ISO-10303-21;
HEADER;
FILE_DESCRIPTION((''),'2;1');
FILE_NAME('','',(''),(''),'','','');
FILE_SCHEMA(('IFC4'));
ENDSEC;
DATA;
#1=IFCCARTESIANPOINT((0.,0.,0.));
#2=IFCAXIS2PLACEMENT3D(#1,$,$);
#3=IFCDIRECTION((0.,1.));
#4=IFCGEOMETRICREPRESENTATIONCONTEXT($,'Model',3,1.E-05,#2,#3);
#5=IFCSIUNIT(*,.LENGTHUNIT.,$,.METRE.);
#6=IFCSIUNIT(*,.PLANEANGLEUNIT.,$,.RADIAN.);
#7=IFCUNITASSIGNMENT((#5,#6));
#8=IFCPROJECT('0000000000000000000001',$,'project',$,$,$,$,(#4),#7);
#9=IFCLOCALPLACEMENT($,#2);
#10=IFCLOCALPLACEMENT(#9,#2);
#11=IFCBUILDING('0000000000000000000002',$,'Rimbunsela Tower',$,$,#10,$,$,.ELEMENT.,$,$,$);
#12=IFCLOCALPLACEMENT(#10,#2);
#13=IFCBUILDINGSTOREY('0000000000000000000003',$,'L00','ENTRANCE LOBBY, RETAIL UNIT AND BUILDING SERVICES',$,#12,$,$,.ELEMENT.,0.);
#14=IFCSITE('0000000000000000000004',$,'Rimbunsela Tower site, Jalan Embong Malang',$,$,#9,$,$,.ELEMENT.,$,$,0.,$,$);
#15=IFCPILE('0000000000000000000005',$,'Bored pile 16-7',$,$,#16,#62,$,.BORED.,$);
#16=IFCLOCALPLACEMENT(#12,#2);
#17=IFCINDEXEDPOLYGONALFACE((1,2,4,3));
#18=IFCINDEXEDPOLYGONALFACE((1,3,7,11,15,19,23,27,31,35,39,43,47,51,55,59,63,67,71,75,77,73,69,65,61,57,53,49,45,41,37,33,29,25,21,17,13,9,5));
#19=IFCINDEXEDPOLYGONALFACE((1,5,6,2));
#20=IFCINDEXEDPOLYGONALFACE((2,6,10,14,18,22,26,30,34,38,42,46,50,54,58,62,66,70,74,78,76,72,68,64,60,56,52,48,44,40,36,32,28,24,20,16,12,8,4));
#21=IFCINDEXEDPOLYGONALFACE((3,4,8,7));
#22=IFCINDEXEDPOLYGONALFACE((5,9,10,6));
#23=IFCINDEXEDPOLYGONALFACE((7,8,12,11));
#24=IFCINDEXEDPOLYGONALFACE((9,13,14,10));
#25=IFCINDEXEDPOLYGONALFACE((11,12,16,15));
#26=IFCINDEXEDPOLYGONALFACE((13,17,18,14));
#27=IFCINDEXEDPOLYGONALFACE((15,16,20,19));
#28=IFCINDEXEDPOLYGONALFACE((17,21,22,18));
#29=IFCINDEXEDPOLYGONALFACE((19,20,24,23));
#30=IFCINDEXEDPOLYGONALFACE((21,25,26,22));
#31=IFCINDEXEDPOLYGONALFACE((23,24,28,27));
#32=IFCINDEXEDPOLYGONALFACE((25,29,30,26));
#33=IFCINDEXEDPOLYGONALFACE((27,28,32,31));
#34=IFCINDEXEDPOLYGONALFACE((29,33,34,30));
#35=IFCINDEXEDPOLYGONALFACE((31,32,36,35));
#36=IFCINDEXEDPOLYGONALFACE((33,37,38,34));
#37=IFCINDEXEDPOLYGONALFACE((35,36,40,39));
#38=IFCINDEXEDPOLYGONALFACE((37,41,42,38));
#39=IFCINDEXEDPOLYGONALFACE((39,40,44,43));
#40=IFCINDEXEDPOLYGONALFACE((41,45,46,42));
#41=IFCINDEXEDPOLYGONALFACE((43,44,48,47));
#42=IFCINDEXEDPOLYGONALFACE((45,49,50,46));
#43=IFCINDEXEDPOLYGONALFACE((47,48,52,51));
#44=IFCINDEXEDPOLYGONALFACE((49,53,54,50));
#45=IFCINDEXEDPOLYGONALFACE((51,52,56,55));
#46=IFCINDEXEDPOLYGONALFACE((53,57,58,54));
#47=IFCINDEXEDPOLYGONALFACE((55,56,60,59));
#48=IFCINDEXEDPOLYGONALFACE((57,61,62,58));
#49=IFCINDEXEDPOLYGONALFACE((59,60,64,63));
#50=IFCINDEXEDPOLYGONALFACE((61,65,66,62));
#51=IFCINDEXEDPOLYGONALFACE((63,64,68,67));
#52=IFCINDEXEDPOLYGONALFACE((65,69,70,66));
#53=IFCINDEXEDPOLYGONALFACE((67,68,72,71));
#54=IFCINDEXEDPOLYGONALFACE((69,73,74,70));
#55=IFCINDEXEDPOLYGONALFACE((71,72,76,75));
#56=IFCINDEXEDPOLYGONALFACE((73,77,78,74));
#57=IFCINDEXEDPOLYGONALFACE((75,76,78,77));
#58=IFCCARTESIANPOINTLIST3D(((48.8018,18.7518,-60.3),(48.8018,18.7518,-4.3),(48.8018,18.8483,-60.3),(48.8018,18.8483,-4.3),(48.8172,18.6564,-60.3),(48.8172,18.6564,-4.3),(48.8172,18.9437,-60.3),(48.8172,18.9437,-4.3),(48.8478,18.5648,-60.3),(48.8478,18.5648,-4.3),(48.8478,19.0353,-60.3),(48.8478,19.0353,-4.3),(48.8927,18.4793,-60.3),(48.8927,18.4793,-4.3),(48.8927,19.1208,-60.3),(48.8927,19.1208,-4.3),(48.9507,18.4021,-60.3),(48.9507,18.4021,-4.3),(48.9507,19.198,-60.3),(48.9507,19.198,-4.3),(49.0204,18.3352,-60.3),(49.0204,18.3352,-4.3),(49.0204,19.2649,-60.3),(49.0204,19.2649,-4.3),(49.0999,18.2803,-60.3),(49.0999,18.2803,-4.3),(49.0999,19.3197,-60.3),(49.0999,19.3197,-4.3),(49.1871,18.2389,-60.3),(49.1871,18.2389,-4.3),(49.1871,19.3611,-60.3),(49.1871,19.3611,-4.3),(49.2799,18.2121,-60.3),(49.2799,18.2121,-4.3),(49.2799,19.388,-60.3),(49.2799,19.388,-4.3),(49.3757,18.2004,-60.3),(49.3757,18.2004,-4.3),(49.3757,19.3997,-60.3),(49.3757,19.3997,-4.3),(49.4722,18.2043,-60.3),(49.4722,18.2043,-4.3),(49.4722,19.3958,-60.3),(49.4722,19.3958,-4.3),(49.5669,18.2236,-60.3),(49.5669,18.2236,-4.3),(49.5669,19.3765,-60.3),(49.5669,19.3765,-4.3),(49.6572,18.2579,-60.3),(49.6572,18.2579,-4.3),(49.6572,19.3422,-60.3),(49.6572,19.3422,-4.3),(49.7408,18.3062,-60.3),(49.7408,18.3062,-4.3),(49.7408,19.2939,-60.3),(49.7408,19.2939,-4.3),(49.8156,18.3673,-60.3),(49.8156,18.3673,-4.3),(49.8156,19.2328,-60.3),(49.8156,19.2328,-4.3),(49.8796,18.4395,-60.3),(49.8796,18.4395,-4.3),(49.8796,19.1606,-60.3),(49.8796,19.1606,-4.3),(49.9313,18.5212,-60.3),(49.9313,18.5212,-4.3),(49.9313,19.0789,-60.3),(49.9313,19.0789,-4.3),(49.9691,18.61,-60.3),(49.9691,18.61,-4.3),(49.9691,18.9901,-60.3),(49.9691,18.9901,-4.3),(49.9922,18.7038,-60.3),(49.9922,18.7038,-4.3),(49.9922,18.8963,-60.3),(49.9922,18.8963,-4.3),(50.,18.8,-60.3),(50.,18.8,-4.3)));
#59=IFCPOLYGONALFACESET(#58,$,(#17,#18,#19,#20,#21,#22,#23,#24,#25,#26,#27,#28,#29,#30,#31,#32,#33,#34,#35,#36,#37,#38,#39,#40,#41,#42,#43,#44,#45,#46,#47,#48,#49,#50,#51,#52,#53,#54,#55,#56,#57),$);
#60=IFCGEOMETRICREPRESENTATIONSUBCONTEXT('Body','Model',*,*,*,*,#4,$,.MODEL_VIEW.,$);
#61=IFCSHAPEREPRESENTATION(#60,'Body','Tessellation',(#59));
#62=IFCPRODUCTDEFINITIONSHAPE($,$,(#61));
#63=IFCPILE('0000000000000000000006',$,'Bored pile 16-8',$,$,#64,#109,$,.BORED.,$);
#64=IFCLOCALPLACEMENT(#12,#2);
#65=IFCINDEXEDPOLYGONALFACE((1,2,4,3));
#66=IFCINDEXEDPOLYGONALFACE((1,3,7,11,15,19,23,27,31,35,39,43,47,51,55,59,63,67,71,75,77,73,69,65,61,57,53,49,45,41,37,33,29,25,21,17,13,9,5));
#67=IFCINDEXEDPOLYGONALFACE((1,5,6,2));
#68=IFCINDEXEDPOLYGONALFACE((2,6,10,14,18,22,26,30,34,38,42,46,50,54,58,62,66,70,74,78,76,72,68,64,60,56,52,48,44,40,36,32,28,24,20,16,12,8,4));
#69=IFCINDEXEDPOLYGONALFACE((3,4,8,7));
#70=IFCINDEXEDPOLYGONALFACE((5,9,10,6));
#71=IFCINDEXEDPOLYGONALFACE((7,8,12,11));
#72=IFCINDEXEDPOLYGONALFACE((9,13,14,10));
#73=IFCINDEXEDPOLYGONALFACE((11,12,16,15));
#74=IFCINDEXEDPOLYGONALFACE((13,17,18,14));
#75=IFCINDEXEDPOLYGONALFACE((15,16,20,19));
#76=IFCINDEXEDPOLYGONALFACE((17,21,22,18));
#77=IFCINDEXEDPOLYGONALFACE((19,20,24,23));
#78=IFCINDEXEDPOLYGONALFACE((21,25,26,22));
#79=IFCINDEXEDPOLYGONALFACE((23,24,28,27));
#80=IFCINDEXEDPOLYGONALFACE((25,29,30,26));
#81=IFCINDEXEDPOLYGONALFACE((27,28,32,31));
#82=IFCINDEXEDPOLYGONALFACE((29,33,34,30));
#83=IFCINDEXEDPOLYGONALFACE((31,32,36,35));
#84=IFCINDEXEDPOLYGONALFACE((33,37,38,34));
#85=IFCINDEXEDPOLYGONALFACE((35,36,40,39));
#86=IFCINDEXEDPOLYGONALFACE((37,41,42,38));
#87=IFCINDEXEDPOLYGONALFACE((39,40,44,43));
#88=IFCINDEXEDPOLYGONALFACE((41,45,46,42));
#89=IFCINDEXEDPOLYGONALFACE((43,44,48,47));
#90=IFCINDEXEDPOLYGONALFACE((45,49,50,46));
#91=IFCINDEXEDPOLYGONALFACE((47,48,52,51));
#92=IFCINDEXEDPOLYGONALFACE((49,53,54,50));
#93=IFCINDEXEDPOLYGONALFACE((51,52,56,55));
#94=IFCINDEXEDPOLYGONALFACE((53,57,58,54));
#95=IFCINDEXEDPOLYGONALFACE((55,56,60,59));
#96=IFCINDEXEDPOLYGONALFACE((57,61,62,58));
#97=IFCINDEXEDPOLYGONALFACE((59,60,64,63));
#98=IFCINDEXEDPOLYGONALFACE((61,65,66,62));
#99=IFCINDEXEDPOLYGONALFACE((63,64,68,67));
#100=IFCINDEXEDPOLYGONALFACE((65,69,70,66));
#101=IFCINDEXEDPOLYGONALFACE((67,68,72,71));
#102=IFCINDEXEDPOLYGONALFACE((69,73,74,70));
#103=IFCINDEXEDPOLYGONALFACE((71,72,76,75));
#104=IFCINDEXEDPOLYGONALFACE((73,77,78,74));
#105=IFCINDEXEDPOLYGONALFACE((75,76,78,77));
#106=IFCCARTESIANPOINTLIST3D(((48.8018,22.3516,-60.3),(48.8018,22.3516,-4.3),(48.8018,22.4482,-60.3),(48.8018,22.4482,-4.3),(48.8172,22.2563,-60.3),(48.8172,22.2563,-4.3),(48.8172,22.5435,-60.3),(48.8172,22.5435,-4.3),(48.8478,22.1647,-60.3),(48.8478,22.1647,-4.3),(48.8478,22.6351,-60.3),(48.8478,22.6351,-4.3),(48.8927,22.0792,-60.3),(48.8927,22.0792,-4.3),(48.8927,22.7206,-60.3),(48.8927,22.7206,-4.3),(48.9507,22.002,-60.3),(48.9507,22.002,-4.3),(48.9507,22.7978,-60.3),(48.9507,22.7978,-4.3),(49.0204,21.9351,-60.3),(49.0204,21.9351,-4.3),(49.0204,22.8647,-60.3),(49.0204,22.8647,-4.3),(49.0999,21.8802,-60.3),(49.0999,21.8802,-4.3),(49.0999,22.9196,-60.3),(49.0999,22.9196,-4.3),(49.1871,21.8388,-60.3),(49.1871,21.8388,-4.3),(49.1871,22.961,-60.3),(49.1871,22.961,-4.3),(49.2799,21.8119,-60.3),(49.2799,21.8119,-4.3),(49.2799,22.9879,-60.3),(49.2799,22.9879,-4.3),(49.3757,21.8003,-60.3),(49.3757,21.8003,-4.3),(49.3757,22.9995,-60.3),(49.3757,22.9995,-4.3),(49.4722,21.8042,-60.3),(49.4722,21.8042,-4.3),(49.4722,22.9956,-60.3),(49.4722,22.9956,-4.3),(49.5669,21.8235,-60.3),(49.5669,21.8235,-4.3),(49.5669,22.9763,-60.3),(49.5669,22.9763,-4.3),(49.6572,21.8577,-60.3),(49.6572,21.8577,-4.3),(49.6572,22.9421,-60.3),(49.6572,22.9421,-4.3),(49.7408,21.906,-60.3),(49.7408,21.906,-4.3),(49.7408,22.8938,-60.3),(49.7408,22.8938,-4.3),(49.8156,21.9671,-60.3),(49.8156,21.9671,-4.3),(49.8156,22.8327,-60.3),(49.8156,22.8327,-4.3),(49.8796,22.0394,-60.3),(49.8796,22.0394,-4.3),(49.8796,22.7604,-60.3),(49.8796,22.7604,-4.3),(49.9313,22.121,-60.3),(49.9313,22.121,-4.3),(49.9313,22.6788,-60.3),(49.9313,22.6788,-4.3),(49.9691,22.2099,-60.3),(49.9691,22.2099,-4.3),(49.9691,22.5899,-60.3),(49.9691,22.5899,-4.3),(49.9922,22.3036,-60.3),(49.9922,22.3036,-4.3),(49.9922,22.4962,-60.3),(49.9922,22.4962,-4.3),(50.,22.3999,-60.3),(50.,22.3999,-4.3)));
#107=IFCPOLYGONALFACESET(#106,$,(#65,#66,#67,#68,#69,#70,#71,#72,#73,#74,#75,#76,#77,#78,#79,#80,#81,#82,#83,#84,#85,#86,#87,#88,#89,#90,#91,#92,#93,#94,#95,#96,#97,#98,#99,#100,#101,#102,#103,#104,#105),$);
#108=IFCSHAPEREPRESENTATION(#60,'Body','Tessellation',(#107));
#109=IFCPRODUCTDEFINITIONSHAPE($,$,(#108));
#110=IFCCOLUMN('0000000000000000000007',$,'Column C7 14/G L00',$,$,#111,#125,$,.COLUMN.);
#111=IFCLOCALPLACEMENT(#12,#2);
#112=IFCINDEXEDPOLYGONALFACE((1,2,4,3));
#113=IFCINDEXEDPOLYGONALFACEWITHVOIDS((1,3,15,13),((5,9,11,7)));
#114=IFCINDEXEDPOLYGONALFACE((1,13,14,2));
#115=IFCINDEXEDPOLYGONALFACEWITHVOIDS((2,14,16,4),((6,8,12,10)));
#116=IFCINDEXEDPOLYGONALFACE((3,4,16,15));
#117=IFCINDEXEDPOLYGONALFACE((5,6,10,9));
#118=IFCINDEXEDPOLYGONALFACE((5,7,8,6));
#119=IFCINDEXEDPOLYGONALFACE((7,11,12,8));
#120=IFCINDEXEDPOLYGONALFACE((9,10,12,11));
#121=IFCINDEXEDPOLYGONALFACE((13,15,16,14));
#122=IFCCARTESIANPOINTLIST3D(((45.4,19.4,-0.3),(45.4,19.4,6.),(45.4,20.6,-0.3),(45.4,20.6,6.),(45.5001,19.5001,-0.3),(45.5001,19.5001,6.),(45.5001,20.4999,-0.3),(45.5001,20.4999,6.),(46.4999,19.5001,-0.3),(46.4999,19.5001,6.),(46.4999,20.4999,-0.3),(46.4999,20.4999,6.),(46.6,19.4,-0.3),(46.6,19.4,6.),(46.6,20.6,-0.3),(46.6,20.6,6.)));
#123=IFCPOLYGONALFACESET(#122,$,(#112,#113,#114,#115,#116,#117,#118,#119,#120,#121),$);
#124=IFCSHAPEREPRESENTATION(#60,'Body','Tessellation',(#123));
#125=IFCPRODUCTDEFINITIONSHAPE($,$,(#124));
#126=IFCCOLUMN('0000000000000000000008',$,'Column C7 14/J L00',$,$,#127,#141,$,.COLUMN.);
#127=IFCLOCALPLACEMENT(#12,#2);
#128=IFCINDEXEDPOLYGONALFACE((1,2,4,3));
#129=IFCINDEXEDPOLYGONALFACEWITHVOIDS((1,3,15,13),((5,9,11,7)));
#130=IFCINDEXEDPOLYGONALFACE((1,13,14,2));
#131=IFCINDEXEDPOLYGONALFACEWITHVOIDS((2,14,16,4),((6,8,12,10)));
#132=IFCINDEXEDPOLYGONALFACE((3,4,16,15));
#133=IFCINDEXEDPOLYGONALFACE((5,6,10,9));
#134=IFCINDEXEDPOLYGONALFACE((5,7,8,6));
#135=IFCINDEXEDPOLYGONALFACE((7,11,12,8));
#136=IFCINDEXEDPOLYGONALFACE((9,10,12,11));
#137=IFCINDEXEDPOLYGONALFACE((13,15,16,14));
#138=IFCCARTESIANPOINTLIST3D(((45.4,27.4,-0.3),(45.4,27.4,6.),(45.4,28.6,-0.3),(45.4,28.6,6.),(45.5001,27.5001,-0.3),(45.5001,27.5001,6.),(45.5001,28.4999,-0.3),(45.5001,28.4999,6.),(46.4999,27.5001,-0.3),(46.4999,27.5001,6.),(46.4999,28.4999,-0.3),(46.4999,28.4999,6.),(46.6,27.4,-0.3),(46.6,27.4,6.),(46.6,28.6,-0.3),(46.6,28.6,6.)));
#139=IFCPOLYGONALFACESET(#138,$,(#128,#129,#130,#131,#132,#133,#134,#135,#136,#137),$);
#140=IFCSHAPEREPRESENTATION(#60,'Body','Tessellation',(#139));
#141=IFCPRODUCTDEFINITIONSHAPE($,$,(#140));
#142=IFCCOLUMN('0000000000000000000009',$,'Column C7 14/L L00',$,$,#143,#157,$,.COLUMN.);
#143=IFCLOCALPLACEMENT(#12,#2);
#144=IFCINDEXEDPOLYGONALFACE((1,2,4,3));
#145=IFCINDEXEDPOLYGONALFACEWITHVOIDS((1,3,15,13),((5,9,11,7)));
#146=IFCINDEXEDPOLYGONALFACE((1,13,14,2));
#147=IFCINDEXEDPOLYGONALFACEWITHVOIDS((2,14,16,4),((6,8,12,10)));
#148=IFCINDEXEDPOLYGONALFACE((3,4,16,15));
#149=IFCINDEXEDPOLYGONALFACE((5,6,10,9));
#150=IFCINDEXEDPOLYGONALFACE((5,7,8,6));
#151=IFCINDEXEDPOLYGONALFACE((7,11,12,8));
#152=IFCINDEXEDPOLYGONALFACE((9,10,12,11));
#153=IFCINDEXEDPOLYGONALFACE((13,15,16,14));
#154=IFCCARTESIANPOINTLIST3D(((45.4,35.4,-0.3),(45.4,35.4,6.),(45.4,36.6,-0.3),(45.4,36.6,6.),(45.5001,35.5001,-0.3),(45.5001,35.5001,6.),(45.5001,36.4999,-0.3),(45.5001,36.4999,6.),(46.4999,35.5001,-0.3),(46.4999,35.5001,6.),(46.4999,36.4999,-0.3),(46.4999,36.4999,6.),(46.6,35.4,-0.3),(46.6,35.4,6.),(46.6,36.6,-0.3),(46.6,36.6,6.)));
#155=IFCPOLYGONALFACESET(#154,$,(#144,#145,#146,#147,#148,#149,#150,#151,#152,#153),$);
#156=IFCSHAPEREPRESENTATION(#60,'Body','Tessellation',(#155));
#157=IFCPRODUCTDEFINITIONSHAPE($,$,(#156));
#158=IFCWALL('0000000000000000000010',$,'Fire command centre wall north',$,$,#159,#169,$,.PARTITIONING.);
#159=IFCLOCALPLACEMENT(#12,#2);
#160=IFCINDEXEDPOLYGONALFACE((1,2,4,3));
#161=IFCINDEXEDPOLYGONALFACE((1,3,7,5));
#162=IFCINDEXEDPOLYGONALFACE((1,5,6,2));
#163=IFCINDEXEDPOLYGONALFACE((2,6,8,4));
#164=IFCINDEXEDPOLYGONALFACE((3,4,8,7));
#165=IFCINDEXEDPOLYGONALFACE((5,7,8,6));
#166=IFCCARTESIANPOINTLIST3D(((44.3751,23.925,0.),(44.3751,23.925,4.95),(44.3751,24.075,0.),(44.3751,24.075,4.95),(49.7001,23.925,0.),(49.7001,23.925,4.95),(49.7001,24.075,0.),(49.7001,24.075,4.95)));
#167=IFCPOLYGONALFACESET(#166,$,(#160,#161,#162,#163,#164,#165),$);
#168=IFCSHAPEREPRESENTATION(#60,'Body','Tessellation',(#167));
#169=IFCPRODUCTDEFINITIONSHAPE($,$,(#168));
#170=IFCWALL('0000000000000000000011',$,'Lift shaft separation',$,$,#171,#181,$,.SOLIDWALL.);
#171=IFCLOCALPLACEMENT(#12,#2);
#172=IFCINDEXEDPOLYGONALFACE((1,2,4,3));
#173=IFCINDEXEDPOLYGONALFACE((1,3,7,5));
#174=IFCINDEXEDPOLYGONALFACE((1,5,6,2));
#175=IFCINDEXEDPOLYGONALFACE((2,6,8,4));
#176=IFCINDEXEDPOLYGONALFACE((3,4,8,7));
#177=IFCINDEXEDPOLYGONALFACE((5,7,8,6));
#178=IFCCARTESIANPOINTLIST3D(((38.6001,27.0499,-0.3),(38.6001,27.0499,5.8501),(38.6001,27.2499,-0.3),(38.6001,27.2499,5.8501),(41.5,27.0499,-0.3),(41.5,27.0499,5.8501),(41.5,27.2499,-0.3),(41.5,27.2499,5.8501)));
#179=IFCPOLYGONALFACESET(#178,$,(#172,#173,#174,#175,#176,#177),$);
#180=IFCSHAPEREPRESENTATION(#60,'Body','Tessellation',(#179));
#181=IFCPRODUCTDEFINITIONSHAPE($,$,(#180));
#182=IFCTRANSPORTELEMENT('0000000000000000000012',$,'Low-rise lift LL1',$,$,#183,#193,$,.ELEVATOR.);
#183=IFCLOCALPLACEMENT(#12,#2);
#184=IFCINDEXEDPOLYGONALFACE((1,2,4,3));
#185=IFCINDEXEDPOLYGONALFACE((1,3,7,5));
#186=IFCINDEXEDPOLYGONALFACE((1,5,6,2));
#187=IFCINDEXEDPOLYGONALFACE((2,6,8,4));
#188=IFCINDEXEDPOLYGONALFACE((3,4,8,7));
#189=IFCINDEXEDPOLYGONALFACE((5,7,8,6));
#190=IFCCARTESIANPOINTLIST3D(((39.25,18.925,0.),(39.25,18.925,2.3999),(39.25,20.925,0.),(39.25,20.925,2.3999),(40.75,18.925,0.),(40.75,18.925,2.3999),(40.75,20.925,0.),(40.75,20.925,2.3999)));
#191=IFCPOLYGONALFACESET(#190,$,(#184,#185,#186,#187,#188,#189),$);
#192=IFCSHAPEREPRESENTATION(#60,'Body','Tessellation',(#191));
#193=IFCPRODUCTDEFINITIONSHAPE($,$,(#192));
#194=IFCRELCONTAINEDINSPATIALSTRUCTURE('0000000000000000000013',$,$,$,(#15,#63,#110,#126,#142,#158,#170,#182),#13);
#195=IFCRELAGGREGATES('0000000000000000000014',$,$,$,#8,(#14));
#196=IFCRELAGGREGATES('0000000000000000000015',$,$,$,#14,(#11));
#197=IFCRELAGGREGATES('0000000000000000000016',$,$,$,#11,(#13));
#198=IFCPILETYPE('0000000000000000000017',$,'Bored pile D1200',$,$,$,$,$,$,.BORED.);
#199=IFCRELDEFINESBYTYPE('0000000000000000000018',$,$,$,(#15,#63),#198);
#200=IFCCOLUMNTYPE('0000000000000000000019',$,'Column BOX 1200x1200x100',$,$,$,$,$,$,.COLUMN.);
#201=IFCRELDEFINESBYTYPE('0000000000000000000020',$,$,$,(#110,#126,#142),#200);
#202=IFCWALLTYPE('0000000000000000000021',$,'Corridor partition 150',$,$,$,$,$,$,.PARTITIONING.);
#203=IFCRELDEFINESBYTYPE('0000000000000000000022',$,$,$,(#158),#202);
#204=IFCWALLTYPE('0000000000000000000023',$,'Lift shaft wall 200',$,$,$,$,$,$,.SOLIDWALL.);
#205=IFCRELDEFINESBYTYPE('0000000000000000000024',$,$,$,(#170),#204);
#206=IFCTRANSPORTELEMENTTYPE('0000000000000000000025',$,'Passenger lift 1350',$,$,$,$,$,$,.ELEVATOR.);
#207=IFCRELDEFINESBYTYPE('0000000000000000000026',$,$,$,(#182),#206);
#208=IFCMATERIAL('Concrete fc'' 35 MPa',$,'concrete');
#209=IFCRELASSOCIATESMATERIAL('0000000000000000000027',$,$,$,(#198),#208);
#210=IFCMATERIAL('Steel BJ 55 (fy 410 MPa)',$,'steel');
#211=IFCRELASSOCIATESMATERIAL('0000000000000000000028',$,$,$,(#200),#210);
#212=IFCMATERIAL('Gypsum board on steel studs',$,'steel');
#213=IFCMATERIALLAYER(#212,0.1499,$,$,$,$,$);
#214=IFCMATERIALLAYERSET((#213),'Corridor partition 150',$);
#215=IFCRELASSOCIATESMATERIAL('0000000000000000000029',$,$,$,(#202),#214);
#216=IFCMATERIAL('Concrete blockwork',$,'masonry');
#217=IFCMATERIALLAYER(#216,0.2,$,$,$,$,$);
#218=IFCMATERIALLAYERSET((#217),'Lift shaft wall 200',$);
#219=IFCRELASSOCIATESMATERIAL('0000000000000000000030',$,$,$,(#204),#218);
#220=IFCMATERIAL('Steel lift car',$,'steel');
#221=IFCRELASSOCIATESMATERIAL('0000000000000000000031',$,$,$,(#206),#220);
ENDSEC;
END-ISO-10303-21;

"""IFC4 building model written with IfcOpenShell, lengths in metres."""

from ifc_helpers import new_model, si_unit, direction, frame, frame_2d, origin, origin_2d, place, context, subcontext, project, spatial, rectangle, hollow_rectangle, circle, extrude, material, layer, layer_set, material_profile, profile_set, type_object, element, save


model = new_model("IFC4")

# Units and contexts
model_context = context("Model", 3, precision=1e-05, world=origin(), true_north=direction((0.0, 1.0)))
body_context = subcontext(model_context, "Body", "Model", "MODEL_VIEW")
ifc_project = project(units=[si_unit("LENGTHUNIT", "METRE"), si_unit("PLANEANGLEUNIT", "RADIAN")], contexts=[model_context])

# Site, building, storey
site_placement = place(None, origin())
site = spatial("IfcSite", under=ifc_project, at=site_placement, Name="Rimbunsela Tower site, Jalan Embong Malang", CompositionType="ELEMENT", RefElevation=0.0)
building_placement = place(site_placement, origin())
building = spatial("IfcBuilding", under=site, at=building_placement, Name="Rimbunsela Tower", CompositionType="ELEMENT")
storey_placement = place(building_placement, origin())
storey = spatial("IfcBuildingStorey", under=building, at=storey_placement, Name="L00", Description="ENTRANCE LOBBY, RETAIL UNIT AND BUILDING SERVICES", CompositionType="ELEMENT", Elevation=0.0)

# Piles
ifc_material_1 = material(Name="Concrete fc' 35 MPa", Category="concrete")
ifc_material_profile_1 = material_profile(ifc_material_1, circle(Radius=0.6001, at=origin_2d()), Name="BP D1200")
ifc_profile_set_1 = profile_set([ifc_material_profile_1], Name="Concrete fc' 35 MPa")
pile_type = type_object("IfcPileType", Name="Bored pile D1200", PredefinedType="BORED", material=ifc_profile_set_1)
for number, where, z_axis, x_axis, name in (
    (1, (49.3999, 18.8, -4.3), (0.0, 0.0, -1.0), (1.0, 0.0, 0.0), "Bored pile 16-7"),
    (2, (49.3999, 22.3999, -4.3), (0.0, 0.0, -1.0), (1.0, 0.0, 0.0), "Bored pile 16-8"),
):
    element("IfcPile", number, at=place(storey_placement, frame(where, z_axis=z_axis, x_axis=x_axis)), inside=storey, type_object=pile_type, Name=name, PredefinedType="BORED", context=body_context, shape_type="SweptSolid", body=[
        extrude(circle(Radius=0.6001, at=origin_2d()), origin(), (0.0, 0.0, 1.0), 56.0),
    ])

# Columns
ifc_material_2 = material(Name="Steel BJ 55 (fy 410 MPa)", Category="steel")
ifc_material_profile_2 = material_profile(ifc_material_2, hollow_rectangle(XDim=1.2, YDim=1.2, WallThickness=0.1001, at=origin_2d()), Name="BOX 1200x1200x100")
ifc_profile_set_2 = profile_set([ifc_material_profile_2], Name="Steel BJ 55 (fy 410 MPa)")
column_type = type_object("IfcColumnType", Name="Column BOX 1200x1200x100", PredefinedType="COLUMN", material=ifc_profile_set_2)
for number, where, z_axis, x_axis, name in (
    (3, (46.0, 20.0, -0.3), (0.0, 0.0, 1.0), (1.0, 0.0, 0.0), "Column C7 14/G L00"),
    (4, (46.0, 28.0, -0.3), (0.0, 0.0, 1.0), (1.0, 0.0, 0.0), "Column C7 14/J L00"),
    (5, (46.0, 36.0, -0.3), (0.0, 0.0, 1.0), (1.0, 0.0, 0.0), "Column C7 14/L L00"),
):
    element("IfcColumn", number, at=place(storey_placement, frame(where, z_axis=z_axis, x_axis=x_axis)), inside=storey, type_object=column_type, Name=name, PredefinedType="COLUMN", context=body_context, shape_type="SweptSolid", body=[
        extrude(hollow_rectangle(XDim=1.2, YDim=1.2, WallThickness=0.1001, at=origin_2d()), origin(), (0.0, 0.0, 1.0), 6.3),
    ])

# Walls
ifc_material_3 = material(Name="Gypsum board on steel studs", Category="steel")
ifc_layer_1 = layer(ifc_material_3, 0.1499)
ifc_layer_set_1 = layer_set([ifc_layer_1], Name="Corridor partition 150")
wall_type_1 = type_object("IfcWallType", Name="Corridor partition 150", PredefinedType="PARTITIONING", material=ifc_layer_set_1)
wall_1_placement = place(storey_placement, frame((44.375, 24.0, 0.0), z_axis=(0.0, 0.0, 1.0), x_axis=(1.0, 0.0, 0.0)))
element("IfcWall", 6, at=wall_1_placement, inside=storey, type_object=wall_type_1, Name="Fire command centre wall north", PredefinedType="PARTITIONING", context=body_context, shape_type="SweptSolid", body=[
    extrude(rectangle(XDim=5.325, YDim=0.1499, at=frame_2d((2.6626, 0.0))), origin(), (0.0, 0.0, 1.0), 4.95),
])
ifc_material_4 = material(Name="Concrete blockwork", Category="masonry")
ifc_layer_2 = layer(ifc_material_4, 0.2)
ifc_layer_set_2 = layer_set([ifc_layer_2], Name="Lift shaft wall 200")
wall_type_2 = type_object("IfcWallType", Name="Lift shaft wall 200", PredefinedType="SOLIDWALL", material=ifc_layer_set_2)
wall_2_placement = place(storey_placement, frame((38.6001, 27.1499, -0.3), z_axis=(0.0, 0.0, 1.0), x_axis=(1.0, 0.0, 0.0)))
element("IfcWall", 7, at=wall_2_placement, inside=storey, type_object=wall_type_2, Name="Lift shaft separation", PredefinedType="SOLIDWALL", context=body_context, shape_type="SweptSolid", body=[
    extrude(rectangle(XDim=2.8999, YDim=0.2, at=frame_2d((1.45, 0.0))), origin(), (0.0, 0.0, 1.0), 6.1501),
])

# Transport element
ifc_material_5 = material(Name="Steel lift car", Category="steel")
transport_element_type = type_object("IfcTransportElementType", Name="Passenger lift 1350", PredefinedType="ELEVATOR", material=ifc_material_5)
for number, where, z_axis, x_axis, name in (
    (8, (40.0, 19.925, 0.0), (0.0, 0.0, 1.0), (1.0, 0.0, 0.0), "Low-rise lift LL1"),
):
    element("IfcTransportElement", number, at=place(storey_placement, frame(where, z_axis=z_axis, x_axis=x_axis)), inside=storey, type_object=transport_element_type, Name=name, PredefinedType="ELEVATOR", context=body_context, shape_type="SweptSolid", body=[
        extrude(rectangle(XDim=1.5, YDim=2.0, at=origin_2d()), origin(), (0.0, 0.0, 1.0), 2.3999),
    ])

save(model, "model.ifc")
